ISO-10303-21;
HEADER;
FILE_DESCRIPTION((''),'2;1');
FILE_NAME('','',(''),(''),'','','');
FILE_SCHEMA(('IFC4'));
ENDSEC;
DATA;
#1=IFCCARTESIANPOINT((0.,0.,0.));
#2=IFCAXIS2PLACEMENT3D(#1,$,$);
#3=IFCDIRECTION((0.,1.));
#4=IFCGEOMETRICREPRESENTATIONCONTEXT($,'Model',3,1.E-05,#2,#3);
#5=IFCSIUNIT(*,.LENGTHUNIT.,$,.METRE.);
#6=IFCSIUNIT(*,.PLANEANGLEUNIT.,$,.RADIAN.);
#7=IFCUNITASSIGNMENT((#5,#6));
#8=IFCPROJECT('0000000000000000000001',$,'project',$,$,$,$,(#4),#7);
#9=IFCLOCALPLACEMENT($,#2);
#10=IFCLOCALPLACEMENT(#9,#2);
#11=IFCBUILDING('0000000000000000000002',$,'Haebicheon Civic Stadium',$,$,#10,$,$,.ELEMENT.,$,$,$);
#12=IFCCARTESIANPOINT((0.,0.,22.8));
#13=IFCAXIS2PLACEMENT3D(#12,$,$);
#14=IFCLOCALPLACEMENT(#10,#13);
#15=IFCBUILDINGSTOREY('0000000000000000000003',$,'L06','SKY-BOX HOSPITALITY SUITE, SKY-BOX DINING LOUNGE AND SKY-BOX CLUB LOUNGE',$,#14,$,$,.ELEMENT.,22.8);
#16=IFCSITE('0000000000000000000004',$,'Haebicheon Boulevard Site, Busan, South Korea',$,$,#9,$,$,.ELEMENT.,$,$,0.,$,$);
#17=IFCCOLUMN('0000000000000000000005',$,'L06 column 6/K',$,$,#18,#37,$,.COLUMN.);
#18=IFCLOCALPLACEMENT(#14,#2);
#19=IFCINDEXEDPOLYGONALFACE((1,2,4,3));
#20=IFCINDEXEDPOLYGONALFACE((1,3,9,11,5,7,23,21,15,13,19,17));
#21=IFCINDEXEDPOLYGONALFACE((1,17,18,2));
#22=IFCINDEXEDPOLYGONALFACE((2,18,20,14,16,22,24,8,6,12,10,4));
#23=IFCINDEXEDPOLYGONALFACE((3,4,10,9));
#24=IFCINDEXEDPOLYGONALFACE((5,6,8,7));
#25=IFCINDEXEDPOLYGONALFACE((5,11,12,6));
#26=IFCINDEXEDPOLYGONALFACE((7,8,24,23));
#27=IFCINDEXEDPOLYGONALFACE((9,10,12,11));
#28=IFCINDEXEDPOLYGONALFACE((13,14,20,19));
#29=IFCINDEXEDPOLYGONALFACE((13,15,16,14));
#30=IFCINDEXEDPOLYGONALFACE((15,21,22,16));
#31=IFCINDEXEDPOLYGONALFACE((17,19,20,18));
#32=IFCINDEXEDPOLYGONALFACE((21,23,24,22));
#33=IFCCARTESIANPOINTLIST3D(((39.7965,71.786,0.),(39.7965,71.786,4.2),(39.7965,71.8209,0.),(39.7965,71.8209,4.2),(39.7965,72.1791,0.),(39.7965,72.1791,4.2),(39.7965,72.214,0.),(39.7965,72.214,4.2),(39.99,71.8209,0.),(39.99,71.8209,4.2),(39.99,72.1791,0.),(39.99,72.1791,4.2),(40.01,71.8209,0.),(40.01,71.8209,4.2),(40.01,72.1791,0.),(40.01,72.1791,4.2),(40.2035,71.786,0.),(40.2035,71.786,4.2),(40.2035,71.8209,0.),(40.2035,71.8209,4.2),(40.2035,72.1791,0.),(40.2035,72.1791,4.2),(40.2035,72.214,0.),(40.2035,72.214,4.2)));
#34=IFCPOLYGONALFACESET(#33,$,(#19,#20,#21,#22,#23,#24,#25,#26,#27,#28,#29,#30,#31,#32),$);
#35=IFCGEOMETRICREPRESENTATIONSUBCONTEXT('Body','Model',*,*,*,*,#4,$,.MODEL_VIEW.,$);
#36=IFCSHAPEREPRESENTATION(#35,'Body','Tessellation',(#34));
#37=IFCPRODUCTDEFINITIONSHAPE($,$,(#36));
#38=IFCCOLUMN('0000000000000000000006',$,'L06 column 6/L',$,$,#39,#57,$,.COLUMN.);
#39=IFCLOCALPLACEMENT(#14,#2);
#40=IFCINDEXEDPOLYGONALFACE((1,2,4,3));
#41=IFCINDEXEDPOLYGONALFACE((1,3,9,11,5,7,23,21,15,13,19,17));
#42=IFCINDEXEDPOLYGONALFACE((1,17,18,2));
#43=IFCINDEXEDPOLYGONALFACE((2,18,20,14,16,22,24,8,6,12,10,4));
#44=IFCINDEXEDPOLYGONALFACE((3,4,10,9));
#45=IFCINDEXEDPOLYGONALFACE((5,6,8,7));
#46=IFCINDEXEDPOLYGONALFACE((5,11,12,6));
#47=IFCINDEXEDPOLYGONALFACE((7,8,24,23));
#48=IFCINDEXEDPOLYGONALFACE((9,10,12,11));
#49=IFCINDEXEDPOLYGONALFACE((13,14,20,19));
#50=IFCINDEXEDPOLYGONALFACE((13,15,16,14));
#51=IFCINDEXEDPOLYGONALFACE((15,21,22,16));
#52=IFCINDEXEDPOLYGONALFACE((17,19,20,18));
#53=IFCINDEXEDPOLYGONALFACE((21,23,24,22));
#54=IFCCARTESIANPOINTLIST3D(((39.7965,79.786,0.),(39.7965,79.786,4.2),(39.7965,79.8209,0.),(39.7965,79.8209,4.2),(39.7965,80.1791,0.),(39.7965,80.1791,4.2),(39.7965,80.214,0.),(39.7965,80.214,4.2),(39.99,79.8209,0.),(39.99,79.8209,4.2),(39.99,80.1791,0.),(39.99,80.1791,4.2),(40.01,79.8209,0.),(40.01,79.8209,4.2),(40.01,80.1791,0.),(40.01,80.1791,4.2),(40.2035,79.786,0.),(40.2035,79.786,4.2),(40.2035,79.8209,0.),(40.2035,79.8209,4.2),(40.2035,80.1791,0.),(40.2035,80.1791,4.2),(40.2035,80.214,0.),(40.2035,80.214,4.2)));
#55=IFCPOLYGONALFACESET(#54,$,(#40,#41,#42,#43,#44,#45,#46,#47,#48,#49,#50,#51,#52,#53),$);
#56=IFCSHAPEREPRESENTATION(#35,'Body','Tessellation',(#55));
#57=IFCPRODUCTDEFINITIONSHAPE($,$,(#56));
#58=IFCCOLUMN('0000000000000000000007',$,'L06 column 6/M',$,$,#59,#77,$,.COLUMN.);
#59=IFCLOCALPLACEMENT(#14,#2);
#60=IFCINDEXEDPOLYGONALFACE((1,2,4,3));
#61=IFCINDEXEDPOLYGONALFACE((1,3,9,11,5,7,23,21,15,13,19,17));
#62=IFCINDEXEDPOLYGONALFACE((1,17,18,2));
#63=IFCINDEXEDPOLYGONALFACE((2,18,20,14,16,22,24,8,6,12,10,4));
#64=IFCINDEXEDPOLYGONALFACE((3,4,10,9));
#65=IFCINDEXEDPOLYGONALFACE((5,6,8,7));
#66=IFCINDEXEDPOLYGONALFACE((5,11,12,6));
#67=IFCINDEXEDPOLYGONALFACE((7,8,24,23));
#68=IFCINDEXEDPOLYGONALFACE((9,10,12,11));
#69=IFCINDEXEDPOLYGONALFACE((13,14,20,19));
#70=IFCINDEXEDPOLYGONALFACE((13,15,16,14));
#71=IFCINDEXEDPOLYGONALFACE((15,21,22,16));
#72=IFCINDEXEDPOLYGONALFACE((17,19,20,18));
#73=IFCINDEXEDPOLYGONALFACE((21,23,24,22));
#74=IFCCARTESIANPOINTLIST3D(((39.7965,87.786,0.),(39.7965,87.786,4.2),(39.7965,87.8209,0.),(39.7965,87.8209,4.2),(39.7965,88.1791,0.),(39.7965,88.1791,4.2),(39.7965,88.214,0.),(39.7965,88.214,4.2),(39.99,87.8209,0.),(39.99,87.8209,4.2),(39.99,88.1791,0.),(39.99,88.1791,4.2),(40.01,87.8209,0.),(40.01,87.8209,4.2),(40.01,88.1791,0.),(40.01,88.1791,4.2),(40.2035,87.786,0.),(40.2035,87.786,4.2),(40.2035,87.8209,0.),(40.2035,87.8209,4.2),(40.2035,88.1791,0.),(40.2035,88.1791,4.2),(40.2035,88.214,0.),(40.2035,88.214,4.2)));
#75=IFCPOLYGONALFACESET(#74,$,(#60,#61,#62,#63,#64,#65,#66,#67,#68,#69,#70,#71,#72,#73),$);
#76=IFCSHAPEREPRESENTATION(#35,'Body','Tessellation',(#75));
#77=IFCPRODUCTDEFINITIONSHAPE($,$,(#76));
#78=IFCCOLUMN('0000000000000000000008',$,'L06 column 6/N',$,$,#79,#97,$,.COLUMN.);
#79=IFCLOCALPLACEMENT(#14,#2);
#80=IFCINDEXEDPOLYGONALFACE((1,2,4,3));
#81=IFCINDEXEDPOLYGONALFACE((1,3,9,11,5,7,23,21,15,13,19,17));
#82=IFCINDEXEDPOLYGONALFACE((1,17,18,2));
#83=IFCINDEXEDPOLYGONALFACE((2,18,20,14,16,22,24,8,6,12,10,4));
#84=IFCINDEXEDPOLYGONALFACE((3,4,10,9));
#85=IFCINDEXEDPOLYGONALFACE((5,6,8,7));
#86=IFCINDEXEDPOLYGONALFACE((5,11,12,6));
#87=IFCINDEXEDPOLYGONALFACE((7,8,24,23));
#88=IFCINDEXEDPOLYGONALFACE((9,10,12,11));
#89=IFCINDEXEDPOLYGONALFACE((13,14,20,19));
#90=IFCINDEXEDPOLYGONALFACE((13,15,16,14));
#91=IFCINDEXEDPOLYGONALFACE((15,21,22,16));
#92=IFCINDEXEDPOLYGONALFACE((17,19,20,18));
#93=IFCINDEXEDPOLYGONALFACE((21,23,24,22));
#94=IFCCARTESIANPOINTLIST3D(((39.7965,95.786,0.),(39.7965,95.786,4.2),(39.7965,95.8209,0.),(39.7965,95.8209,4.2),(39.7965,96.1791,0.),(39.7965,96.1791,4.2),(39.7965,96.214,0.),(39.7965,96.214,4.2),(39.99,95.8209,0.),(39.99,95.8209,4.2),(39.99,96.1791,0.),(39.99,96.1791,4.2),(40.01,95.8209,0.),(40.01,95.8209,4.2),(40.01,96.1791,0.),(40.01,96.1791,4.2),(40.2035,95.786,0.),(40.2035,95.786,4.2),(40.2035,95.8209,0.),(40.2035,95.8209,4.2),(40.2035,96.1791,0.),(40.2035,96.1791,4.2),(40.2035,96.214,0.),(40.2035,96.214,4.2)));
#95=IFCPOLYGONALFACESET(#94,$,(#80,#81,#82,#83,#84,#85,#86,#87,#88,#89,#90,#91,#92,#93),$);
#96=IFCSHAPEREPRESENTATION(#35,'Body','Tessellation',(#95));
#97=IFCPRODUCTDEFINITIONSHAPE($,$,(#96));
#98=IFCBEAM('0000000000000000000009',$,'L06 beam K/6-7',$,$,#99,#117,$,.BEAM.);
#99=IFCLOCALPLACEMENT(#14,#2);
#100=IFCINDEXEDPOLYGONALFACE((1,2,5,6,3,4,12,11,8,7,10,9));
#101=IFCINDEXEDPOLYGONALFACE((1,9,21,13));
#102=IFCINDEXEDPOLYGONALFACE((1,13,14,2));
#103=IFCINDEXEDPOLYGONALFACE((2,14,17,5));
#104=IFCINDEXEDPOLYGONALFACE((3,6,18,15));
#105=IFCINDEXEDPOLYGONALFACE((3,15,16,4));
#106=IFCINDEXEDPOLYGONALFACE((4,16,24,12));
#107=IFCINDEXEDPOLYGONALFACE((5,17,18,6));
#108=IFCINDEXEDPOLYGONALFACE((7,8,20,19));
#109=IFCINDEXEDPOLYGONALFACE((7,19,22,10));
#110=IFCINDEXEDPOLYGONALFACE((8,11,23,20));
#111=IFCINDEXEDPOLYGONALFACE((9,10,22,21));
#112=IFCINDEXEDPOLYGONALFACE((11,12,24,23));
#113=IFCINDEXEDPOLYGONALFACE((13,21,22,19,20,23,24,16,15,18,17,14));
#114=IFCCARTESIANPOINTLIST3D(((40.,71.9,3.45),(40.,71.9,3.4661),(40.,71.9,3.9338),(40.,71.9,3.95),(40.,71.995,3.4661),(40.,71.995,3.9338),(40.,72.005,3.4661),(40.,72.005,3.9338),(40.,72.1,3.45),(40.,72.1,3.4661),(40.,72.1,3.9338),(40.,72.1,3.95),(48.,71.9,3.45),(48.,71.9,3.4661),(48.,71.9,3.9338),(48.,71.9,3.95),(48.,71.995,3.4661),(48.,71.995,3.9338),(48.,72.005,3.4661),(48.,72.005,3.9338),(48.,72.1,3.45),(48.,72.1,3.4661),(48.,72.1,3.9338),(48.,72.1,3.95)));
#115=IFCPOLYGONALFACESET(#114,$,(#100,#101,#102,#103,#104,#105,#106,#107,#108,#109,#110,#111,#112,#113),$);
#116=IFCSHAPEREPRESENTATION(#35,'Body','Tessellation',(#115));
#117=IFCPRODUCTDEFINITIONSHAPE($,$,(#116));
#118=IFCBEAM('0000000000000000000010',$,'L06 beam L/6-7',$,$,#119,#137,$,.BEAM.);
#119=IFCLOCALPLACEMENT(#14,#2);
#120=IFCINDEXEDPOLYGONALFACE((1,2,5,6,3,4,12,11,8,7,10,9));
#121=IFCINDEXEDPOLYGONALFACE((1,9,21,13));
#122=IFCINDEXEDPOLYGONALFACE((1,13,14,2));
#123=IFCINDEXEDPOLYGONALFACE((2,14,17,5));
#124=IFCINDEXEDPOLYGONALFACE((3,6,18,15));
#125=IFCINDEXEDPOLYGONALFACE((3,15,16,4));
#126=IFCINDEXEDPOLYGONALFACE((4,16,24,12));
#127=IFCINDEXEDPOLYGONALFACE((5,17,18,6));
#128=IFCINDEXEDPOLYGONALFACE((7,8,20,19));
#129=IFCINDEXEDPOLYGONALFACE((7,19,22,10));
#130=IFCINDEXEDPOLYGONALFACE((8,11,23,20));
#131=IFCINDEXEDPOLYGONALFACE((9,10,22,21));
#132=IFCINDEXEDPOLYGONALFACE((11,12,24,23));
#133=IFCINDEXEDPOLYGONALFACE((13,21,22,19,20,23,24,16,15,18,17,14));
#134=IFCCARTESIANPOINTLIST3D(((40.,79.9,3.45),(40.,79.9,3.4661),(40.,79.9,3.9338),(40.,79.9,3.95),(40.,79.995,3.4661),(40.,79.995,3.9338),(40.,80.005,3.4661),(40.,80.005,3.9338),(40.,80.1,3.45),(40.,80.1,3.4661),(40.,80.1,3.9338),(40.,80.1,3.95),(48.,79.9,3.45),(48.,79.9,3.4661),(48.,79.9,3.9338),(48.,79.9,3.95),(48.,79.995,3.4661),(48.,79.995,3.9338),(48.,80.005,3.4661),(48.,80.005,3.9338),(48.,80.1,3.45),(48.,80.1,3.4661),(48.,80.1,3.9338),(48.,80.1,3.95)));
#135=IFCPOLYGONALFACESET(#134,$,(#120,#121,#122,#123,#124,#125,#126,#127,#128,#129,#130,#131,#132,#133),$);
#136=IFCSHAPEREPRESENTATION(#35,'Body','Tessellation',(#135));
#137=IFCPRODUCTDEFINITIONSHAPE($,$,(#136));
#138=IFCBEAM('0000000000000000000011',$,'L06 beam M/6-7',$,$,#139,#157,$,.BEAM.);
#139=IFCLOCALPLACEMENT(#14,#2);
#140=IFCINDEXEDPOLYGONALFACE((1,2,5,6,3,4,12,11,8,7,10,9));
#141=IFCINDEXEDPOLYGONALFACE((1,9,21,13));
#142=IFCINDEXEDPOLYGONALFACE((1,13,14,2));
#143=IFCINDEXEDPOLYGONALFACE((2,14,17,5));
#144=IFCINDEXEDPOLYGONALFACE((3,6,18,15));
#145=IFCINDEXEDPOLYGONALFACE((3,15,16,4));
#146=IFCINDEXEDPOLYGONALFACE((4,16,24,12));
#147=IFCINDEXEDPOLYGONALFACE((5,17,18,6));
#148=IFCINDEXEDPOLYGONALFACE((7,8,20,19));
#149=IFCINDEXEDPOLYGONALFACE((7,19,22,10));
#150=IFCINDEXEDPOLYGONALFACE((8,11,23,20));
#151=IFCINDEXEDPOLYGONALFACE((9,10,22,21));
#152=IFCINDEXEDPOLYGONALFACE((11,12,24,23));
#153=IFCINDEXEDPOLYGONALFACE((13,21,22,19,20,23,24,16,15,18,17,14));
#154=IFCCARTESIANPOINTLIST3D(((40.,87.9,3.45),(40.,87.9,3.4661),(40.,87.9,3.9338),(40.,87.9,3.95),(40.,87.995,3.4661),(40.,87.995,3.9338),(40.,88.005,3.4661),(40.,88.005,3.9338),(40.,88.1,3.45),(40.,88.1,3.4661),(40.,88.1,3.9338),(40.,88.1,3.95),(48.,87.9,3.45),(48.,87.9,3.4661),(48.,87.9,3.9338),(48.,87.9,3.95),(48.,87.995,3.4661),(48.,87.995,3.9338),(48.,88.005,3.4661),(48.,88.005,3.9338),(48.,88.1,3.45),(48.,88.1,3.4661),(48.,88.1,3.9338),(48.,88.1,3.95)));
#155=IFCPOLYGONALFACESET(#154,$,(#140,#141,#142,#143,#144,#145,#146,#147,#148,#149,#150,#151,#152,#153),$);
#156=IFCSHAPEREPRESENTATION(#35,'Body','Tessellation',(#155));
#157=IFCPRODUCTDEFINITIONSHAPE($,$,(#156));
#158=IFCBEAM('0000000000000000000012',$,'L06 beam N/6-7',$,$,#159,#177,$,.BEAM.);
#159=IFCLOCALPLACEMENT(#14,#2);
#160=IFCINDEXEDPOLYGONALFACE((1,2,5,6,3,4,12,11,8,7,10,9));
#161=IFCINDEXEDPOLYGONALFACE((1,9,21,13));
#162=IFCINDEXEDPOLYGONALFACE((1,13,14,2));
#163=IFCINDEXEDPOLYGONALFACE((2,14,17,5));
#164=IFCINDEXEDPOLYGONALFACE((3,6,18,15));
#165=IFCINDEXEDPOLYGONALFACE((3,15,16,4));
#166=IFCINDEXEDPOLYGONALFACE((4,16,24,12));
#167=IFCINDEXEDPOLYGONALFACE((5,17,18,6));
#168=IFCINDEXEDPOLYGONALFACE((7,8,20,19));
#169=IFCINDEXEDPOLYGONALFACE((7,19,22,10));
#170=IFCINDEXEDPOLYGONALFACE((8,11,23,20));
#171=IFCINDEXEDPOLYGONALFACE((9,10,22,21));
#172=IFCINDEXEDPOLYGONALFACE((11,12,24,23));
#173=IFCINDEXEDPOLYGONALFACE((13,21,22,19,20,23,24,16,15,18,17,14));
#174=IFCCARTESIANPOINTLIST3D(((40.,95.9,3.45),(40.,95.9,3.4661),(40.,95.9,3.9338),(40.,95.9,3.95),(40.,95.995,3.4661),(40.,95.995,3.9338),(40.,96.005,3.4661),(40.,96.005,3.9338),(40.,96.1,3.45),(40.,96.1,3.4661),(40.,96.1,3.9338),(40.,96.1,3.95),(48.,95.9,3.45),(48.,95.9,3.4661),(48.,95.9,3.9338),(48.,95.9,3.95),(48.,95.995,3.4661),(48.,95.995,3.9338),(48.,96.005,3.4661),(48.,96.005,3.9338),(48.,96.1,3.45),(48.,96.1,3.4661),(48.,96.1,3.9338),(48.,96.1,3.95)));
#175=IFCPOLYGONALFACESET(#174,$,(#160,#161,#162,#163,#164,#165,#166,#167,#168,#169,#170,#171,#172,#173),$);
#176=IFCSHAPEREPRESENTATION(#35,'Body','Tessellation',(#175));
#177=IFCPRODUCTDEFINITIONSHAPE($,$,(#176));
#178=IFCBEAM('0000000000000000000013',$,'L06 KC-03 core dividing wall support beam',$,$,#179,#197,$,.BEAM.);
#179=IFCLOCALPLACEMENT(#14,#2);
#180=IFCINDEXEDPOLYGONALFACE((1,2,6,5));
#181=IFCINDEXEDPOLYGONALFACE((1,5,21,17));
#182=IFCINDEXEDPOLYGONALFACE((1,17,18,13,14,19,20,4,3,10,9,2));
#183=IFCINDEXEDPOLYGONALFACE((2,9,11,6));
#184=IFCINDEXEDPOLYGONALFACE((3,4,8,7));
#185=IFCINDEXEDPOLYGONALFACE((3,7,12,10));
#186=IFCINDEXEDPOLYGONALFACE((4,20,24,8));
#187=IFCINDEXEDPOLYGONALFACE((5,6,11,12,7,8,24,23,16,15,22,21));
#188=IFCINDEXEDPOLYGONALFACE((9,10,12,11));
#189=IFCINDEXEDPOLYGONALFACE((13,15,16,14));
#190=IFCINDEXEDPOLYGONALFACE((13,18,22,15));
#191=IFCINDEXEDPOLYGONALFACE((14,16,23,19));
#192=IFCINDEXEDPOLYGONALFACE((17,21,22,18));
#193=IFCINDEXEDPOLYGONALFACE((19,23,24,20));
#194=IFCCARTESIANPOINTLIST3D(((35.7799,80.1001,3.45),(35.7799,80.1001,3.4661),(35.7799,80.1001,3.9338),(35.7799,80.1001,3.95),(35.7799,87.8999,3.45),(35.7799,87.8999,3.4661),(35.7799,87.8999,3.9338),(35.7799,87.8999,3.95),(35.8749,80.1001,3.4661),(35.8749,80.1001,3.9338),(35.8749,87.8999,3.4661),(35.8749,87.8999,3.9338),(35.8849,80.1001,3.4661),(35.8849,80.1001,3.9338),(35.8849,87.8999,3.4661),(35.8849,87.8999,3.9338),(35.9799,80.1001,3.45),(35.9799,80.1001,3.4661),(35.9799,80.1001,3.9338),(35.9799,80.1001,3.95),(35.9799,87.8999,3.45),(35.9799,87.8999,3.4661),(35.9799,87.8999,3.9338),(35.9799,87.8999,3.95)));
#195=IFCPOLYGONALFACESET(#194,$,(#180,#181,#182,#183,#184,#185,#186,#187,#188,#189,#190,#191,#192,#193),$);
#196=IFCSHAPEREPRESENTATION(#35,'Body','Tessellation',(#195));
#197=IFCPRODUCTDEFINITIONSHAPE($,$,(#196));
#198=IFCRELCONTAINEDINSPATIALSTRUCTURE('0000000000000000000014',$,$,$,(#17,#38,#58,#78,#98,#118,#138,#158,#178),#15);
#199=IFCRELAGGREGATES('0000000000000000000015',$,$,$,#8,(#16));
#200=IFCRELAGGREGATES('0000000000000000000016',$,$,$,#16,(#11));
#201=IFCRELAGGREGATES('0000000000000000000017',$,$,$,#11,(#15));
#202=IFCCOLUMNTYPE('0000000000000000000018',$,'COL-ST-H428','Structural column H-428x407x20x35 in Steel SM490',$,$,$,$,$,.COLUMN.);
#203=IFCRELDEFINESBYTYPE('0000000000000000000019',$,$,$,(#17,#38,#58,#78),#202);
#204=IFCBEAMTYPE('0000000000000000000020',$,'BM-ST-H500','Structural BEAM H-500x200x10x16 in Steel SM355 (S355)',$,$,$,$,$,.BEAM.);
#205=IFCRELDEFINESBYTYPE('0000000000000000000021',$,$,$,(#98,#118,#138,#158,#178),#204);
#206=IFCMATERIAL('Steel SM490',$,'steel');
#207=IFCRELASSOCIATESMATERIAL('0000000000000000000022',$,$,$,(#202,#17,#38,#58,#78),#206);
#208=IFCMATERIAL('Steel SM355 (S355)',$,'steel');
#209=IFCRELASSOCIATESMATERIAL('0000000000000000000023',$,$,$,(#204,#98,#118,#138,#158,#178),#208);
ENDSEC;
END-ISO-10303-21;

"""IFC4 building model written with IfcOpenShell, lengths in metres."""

from ifc_helpers import new_model, si_unit, direction, frame, origin, origin_2d, place, context, subcontext, project, spatial, i_section, extrude, material, material_profile, profile_set, type_object, element, save


model = new_model("IFC4")

# Units and contexts
model_context = context("Model", 3, precision=1e-05, world=origin(), true_north=direction((0.0, 1.0)))
body_context = subcontext(model_context, "Body", "Model", "MODEL_VIEW")
ifc_project = project(units=[si_unit("LENGTHUNIT", "METRE"), si_unit("PLANEANGLEUNIT", "RADIAN")], contexts=[model_context])

# Site, building, storey
site_placement = place(None, origin())
site = spatial("IfcSite", under=ifc_project, at=site_placement, Name="Haebicheon Boulevard Site, Busan, South Korea", CompositionType="ELEMENT", RefElevation=0.0)
building_placement = place(site_placement, origin())
building = spatial("IfcBuilding", under=site, at=building_placement, Name="Haebicheon Civic Stadium", CompositionType="ELEMENT")
storey_placement = place(building_placement, frame((0.0, 0.0, 22.8)))
storey = spatial("IfcBuildingStorey", under=building, at=storey_placement, Name="L06", Description="SKY-BOX HOSPITALITY SUITE, SKY-BOX DINING LOUNGE AND SKY-BOX CLUB LOUNGE", CompositionType="ELEMENT", Elevation=22.8)

# Columns
ifc_material_1 = material(Name="Steel SM490", Category="steel")
ifc_material_profile_1 = material_profile(ifc_material_1, i_section(OverallWidth=0.407, OverallDepth=0.428, WebThickness=0.02, FlangeThickness=0.0349, at=origin_2d()), Name="H-428x407x20x35")
ifc_profile_set_1 = profile_set([ifc_material_profile_1], Name="Steel SM490")
column_type = type_object("IfcColumnType", Name="COL-ST-H428", Description="Structural column H-428x407x20x35 in Steel SM490", PredefinedType="COLUMN", material=ifc_profile_set_1)
for number, where, z_axis, x_axis, name in (
    (1, (40.0, 72.0, 0.0), (0.0, 0.0, 1.0), (1.0, 0.0, 0.0), "L06 column 6/K"),
    (2, (40.0, 80.0, 0.0), (0.0, 0.0, 1.0), (1.0, 0.0, 0.0), "L06 column 6/L"),
    (3, (40.0, 88.0, 0.0), (0.0, 0.0, 1.0), (1.0, 0.0, 0.0), "L06 column 6/M"),
    (4, (40.0, 96.0, 0.0), (0.0, 0.0, 1.0), (1.0, 0.0, 0.0), "L06 column 6/N"),
):
    element("IfcColumn", number, at=place(storey_placement, frame(where, z_axis=z_axis, x_axis=x_axis)), inside=storey, type_object=column_type, material=ifc_profile_set_1, Name=name, PredefinedType="COLUMN", context=body_context, shape_type="SweptSolid", body=[
        extrude(i_section(OverallWidth=0.407, OverallDepth=0.428, WebThickness=0.02, FlangeThickness=0.0349, at=origin_2d()), origin(), (0.0, 0.0, 1.0), 4.2),
    ])

# Beams
ifc_material_2 = material(Name="Steel SM355 (S355)", Category="steel")
ifc_material_profile_2 = material_profile(ifc_material_2, i_section(OverallWidth=0.2, OverallDepth=0.5, WebThickness=0.01, FlangeThickness=0.0161, at=origin_2d()), Name="H-500x200x10x16")
ifc_profile_set_2 = profile_set([ifc_material_profile_2], Name="Steel SM355 (S355)")
beam_type_1 = type_object("IfcBeamType", Name="BM-ST-H500", Description="Structural BEAM H-500x200x10x16 in Steel SM355 (S355)", PredefinedType="BEAM", material=ifc_profile_set_2)
for number, where, z_axis, x_axis, name in (
    (5, (40.0, 72.0, 3.7), (1.0, 0.0, 0.0), (0.0, 1.0, 0.0), "L06 beam K/6-7"),
    (6, (40.0, 80.0, 3.7), (1.0, 0.0, 0.0), (0.0, 1.0, 0.0), "L06 beam L/6-7"),
    (7, (40.0, 88.0, 3.7), (1.0, 0.0, 0.0), (0.0, 1.0, 0.0), "L06 beam M/6-7"),
    (8, (40.0, 96.0, 3.7), (1.0, 0.0, 0.0), (0.0, 1.0, 0.0), "L06 beam N/6-7"),
):
    element("IfcBeam", number, at=place(storey_placement, frame(where, z_axis=z_axis, x_axis=x_axis)), inside=storey, type_object=beam_type_1, material=ifc_profile_set_2, Name=name, PredefinedType="BEAM", context=body_context, shape_type="SweptSolid", body=[
        extrude(i_section(OverallWidth=0.2, OverallDepth=0.5, WebThickness=0.01, FlangeThickness=0.0161, at=origin_2d()), origin(), (0.0, 0.0, 1.0), 8.0),
    ])
beam_placement = place(storey_placement, frame((35.8799, 80.1001, 3.7), z_axis=(0.0, 1.0, 0.0), x_axis=(-1.0, 0.0, 0.0)))
element("IfcBeam", 9, at=beam_placement, inside=storey, type_object=beam_type_1, material=ifc_profile_set_2, Name="L06 KC-03 core dividing wall support beam", PredefinedType="BEAM", context=body_context, shape_type="SweptSolid", body=[
    extrude(i_section(OverallWidth=0.2, OverallDepth=0.5, WebThickness=0.01, FlangeThickness=0.0161, at=origin_2d()), origin(), (0.0, 0.0, 1.0), 7.7998),
])

save(model, "model.ifc")
